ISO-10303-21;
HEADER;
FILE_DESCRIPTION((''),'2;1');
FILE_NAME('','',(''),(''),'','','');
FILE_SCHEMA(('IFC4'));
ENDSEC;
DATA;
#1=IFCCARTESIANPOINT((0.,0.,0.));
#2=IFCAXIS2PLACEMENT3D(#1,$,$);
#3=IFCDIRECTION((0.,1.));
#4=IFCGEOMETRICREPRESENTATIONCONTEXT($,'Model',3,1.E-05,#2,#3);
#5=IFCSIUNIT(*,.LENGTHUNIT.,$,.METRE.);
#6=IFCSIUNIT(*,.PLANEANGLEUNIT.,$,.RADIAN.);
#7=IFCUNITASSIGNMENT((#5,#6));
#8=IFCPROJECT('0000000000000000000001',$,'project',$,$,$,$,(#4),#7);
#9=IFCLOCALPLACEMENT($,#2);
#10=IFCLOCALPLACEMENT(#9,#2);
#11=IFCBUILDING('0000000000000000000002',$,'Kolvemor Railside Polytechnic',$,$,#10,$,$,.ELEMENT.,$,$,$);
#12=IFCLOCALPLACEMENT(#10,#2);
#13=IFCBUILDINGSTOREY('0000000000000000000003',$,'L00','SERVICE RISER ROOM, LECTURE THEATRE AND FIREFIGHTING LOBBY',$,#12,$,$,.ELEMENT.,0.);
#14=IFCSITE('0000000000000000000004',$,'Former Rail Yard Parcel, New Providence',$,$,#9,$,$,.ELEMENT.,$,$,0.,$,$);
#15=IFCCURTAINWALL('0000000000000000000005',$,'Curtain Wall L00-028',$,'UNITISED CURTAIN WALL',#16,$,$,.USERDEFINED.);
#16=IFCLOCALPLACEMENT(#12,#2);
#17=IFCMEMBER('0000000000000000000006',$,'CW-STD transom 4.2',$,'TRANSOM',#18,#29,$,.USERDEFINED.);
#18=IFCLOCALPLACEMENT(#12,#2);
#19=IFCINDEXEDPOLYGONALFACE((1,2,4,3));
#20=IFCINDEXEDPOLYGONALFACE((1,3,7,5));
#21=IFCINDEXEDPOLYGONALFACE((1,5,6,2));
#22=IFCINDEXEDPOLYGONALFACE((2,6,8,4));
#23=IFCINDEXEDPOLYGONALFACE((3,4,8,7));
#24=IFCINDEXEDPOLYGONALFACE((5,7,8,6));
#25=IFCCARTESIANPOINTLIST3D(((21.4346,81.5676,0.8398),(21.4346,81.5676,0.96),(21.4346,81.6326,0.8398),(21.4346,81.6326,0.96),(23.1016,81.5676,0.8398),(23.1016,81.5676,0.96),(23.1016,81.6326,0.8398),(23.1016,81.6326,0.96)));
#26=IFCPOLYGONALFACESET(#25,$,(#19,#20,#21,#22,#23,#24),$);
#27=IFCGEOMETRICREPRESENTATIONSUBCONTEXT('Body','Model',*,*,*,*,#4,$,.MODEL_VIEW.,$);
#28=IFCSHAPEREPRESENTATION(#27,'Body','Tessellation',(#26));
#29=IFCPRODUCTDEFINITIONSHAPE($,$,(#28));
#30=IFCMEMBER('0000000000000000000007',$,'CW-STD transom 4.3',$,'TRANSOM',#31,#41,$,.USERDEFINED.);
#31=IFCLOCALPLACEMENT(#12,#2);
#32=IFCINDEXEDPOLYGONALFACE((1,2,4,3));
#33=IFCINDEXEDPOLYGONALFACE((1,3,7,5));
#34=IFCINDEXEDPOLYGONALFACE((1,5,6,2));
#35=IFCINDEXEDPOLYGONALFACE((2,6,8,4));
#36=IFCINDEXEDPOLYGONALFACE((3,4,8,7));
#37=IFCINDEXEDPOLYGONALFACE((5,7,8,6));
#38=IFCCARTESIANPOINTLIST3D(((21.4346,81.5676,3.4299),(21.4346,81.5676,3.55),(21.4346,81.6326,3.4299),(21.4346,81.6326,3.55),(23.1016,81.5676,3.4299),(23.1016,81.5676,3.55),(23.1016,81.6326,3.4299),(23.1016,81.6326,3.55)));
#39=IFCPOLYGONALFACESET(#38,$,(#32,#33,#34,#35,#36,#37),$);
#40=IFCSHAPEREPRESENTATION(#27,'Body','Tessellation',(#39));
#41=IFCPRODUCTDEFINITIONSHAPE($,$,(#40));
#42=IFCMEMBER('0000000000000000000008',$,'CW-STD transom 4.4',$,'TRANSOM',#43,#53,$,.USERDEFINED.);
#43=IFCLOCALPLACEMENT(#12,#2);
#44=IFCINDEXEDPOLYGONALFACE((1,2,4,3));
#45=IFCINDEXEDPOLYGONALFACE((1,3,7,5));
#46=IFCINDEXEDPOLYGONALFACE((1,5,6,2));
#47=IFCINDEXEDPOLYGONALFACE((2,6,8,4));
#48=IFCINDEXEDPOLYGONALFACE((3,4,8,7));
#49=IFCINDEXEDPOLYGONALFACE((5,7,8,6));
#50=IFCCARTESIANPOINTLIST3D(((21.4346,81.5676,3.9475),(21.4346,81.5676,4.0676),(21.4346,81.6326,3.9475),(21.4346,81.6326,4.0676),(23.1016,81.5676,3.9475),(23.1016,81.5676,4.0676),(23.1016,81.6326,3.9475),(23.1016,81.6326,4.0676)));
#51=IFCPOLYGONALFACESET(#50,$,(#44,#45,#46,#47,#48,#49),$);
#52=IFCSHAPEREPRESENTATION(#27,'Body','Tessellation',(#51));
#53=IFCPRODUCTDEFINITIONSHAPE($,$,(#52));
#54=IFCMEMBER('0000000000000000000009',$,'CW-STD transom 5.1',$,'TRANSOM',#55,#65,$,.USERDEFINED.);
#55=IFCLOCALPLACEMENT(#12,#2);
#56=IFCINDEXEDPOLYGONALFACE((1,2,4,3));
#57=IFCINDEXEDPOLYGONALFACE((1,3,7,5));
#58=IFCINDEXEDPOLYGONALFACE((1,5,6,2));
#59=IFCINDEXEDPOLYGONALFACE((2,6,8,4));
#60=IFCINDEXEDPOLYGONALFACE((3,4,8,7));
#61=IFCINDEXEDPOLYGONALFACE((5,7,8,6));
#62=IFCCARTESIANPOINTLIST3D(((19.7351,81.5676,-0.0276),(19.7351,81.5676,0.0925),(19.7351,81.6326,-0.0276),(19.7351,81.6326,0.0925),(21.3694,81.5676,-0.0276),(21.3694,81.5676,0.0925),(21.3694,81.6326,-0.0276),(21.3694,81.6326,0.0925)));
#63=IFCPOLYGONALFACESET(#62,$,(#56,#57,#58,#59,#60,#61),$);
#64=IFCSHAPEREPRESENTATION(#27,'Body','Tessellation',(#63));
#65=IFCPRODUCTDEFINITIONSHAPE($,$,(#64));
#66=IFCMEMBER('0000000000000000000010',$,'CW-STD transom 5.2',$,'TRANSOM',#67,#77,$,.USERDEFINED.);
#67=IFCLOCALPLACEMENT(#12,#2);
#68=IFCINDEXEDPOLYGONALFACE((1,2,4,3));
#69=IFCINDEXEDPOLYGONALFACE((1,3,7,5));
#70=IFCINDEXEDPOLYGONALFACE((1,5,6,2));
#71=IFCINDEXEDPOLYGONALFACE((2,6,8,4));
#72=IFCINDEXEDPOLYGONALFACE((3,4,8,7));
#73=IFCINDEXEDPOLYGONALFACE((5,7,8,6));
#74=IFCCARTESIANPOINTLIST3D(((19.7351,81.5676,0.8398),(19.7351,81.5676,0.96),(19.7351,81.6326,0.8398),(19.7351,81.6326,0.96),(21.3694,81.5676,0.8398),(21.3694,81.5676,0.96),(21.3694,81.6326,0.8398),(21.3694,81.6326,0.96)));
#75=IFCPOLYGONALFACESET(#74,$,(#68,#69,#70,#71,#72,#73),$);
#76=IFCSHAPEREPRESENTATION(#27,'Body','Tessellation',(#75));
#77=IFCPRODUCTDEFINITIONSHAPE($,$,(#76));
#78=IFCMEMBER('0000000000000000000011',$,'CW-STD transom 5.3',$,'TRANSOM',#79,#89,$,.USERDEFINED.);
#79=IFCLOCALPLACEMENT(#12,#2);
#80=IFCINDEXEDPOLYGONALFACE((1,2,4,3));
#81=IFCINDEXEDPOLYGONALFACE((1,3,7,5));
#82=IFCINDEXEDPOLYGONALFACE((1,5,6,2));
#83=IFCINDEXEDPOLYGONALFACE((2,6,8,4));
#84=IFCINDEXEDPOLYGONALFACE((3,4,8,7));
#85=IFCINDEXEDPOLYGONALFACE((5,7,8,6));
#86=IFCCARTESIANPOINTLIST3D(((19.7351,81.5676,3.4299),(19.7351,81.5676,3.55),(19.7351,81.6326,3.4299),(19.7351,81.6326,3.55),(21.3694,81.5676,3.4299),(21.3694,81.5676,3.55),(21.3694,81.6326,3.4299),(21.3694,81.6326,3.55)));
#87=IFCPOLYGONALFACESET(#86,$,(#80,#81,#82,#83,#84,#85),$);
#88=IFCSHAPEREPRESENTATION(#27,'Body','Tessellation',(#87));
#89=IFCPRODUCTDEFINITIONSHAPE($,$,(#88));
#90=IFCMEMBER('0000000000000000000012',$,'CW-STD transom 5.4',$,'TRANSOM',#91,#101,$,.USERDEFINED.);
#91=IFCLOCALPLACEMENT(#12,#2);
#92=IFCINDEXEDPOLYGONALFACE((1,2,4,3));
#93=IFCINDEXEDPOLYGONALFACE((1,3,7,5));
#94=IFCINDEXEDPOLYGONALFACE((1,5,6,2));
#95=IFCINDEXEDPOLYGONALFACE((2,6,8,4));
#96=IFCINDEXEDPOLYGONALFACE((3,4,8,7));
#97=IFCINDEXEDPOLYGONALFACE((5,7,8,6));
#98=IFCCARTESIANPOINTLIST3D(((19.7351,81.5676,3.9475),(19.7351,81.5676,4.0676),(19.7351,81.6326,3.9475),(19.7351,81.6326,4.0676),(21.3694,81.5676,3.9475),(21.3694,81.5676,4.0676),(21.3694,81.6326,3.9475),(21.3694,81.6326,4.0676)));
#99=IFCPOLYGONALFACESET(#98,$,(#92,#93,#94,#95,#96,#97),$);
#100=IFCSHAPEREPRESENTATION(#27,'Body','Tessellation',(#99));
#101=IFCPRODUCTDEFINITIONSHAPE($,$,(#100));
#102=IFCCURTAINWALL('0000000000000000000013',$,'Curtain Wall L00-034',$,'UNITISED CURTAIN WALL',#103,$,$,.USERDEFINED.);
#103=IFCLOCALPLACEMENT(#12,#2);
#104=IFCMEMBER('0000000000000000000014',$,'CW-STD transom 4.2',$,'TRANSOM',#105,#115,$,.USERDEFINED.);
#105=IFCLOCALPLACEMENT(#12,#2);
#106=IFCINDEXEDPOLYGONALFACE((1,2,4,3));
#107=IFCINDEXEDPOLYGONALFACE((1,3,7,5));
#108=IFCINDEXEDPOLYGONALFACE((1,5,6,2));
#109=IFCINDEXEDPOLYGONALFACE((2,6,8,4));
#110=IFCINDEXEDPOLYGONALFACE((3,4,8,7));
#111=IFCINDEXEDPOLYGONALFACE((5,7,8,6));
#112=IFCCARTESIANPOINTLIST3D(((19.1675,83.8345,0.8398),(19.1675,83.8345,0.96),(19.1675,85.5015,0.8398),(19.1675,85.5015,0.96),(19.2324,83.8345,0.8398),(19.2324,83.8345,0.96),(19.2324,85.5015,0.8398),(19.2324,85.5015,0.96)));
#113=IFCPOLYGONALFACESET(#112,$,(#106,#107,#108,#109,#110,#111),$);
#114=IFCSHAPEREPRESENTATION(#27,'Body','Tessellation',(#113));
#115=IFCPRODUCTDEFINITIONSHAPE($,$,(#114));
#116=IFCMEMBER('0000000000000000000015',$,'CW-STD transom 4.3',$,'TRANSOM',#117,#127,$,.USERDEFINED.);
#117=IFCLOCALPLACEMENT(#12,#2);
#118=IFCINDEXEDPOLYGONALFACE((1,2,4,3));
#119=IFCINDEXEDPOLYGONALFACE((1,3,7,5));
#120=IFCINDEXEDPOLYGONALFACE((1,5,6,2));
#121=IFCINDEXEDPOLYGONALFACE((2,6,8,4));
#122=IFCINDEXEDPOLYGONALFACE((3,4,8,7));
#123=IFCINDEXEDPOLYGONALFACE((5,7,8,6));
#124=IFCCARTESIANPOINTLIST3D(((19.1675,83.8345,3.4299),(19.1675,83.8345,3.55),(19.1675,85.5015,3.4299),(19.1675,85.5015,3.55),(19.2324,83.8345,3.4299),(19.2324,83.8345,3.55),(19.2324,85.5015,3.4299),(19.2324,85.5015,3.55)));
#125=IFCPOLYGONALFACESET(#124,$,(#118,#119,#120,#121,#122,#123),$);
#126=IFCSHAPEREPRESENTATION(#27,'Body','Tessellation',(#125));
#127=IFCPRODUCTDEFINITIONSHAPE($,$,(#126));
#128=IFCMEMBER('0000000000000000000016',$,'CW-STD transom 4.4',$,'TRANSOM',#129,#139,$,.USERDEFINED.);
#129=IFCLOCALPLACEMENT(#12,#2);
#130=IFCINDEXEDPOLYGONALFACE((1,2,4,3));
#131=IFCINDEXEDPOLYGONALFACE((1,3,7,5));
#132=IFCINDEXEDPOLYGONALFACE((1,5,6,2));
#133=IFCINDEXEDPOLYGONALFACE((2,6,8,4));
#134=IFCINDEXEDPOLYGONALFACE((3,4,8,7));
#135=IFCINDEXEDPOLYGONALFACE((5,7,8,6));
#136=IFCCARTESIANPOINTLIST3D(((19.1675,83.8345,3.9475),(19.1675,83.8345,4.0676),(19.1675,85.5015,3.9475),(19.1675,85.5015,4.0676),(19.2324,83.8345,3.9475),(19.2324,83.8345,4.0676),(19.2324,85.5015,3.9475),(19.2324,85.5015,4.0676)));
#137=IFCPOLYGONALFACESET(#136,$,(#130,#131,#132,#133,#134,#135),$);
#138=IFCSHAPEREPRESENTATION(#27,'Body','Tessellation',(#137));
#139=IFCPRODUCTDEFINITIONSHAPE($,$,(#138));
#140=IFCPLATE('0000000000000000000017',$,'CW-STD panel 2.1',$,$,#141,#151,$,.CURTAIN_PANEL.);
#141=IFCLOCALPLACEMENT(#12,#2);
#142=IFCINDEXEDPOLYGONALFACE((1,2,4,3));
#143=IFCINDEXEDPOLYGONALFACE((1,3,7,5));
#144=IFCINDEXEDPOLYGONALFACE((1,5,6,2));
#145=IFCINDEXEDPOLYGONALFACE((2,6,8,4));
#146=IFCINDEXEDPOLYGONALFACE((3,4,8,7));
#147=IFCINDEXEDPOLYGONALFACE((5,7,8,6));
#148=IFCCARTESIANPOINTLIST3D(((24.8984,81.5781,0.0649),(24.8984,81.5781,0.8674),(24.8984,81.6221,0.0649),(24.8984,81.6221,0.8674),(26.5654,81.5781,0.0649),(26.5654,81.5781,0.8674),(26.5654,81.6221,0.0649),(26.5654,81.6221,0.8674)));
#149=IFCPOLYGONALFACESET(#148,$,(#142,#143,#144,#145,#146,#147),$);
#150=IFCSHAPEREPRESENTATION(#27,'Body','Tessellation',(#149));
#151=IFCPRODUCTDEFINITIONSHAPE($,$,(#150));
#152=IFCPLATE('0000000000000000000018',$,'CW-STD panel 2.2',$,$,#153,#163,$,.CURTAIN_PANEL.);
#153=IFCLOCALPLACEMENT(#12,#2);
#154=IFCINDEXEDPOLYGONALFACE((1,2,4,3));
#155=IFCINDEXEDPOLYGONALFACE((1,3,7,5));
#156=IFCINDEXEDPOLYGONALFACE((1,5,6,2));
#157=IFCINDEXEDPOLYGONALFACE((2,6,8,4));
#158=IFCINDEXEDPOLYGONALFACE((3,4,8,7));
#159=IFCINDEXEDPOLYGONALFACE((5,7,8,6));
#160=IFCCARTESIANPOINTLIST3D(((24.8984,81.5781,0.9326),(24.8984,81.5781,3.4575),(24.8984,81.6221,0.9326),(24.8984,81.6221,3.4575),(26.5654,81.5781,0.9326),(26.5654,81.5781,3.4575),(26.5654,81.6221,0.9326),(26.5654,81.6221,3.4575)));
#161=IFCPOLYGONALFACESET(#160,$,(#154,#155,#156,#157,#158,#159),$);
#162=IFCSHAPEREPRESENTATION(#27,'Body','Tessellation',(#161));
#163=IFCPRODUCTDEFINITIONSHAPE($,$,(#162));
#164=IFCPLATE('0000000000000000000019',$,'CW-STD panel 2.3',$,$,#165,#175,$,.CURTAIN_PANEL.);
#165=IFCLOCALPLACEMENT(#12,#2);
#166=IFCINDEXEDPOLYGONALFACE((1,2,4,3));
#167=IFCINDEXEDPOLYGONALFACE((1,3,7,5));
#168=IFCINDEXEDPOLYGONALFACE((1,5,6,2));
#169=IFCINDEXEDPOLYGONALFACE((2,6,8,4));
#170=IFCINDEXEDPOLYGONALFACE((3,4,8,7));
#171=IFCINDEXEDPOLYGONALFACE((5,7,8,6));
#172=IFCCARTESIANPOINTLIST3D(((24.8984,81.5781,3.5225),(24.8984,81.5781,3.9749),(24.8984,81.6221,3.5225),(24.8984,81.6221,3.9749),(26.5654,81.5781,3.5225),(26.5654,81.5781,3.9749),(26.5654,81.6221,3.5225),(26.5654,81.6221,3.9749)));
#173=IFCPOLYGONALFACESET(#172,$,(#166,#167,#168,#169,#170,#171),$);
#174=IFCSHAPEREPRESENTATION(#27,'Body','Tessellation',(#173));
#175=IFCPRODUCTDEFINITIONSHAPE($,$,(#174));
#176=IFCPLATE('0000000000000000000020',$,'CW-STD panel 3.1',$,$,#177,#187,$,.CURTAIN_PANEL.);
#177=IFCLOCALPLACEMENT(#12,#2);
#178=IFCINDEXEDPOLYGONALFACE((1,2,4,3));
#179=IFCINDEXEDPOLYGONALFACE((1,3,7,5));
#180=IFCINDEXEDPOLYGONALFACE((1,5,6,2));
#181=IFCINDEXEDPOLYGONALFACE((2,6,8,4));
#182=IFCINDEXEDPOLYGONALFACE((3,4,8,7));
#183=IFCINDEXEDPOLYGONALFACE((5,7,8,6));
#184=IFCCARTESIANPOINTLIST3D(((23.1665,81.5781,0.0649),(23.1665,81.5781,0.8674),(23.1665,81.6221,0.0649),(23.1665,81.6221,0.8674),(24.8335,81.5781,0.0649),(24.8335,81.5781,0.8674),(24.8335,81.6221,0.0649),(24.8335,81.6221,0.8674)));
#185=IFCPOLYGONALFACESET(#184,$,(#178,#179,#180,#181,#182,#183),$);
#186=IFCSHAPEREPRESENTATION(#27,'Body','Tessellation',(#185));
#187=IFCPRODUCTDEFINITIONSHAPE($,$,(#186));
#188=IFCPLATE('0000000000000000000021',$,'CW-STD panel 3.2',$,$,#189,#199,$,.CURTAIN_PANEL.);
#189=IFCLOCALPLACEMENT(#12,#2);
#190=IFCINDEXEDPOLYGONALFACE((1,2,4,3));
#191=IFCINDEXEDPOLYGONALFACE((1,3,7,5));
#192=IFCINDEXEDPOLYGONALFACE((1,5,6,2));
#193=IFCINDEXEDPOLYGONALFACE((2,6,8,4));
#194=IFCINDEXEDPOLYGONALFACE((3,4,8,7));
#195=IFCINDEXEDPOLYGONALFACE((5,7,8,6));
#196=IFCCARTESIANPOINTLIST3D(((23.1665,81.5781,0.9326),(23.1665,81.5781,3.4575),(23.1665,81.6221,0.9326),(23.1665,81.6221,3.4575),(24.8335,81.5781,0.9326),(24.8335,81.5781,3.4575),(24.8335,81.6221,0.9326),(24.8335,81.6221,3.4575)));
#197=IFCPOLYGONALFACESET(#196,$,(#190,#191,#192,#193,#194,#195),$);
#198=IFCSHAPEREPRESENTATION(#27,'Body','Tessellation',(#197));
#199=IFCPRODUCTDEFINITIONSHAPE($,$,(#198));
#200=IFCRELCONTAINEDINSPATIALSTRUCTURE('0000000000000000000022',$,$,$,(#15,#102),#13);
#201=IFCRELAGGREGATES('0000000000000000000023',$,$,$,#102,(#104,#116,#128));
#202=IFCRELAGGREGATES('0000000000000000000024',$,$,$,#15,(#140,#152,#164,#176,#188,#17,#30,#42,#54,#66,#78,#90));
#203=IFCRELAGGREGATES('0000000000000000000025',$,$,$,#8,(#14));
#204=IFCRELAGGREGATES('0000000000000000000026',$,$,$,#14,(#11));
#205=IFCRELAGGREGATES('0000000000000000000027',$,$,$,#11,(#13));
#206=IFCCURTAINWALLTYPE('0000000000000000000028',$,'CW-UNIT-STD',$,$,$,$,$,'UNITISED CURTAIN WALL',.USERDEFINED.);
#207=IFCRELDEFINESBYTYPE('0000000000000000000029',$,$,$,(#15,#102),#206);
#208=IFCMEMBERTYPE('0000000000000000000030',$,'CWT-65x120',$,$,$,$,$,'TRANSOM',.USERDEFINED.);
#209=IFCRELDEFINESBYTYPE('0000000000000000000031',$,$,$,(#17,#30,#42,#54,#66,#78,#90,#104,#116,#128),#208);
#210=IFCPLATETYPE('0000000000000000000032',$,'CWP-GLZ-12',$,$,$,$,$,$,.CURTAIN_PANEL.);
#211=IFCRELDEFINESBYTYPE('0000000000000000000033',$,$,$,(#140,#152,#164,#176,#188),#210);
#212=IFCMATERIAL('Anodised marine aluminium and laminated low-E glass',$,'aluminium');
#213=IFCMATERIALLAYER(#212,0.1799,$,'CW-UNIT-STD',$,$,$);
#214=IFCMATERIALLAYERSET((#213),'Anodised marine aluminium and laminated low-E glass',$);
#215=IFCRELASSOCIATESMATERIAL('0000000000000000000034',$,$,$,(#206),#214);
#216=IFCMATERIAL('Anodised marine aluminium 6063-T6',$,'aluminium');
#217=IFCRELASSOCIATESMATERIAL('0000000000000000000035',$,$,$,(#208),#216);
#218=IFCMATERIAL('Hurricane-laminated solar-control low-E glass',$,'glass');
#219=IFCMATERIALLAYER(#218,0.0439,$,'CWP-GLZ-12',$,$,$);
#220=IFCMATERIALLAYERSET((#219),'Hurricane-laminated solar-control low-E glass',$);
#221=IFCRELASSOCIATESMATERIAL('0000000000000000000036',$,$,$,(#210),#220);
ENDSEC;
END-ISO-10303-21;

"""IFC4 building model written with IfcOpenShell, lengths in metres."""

from ifc_helpers import new_model, si_unit, direction, frame, origin, origin_2d, place, context, subcontext, project, spatial, rectangle, extrude, material, layer, layer_set, material_profile, profile_set, type_object, element, aggregate, save


model = new_model("IFC4")

# Units and contexts
model_context = context("Model", 3, precision=1e-05, world=origin(), true_north=direction((0.0, 1.0)))
body_context = subcontext(model_context, "Body", "Model", "MODEL_VIEW")
ifc_project = project(units=[si_unit("LENGTHUNIT", "METRE"), si_unit("PLANEANGLEUNIT", "RADIAN")], contexts=[model_context])

# Site, building, storey
site_placement = place(None, origin())
site = spatial("IfcSite", under=ifc_project, at=site_placement, Name="Former Rail Yard Parcel, New Providence", CompositionType="ELEMENT", RefElevation=0.0)
building_placement = place(site_placement, origin())
building = spatial("IfcBuilding", under=site, at=building_placement, Name="Kolvemor Railside Polytechnic", CompositionType="ELEMENT")
storey_placement = place(building_placement, origin())
storey = spatial("IfcBuildingStorey", under=building, at=storey_placement, Name="L00", Description="SERVICE RISER ROOM, LECTURE THEATRE AND FIREFIGHTING LOBBY", CompositionType="ELEMENT", Elevation=0.0)

# Curtain walls, members
ifc_material_1 = material(Name="Anodised marine aluminium and laminated low-E glass", Category="aluminium")
ifc_layer_1 = layer(ifc_material_1, 0.1799, Name="CW-UNIT-STD")
ifc_layer_set_1 = layer_set([ifc_layer_1], Name="Anodised marine aluminium and laminated low-E glass")
curtain_wall_type = type_object("IfcCurtainWallType", Name="CW-UNIT-STD", ElementType="UNITISED CURTAIN WALL", PredefinedType="USERDEFINED", material=ifc_layer_set_1)
curtain_wall_1_placement = place(storey_placement, origin())
curtain_wall_1 = element("IfcCurtainWall", 1, at=curtain_wall_1_placement, inside=storey, type_object=curtain_wall_type, Name="Curtain Wall L00-028", ObjectType="UNITISED CURTAIN WALL", PredefinedType="USERDEFINED")
ifc_material_2 = material(Name="Anodised marine aluminium 6063-T6", Category="aluminium")
ifc_material_profile_1 = material_profile(ifc_material_2, rectangle(XDim=0.0649, YDim=0.1201, at=origin_2d()), Name="CW-TRN-65x120")
ifc_profile_set_1 = profile_set([ifc_material_profile_1], Name="Anodised marine aluminium 6063-T6")
member_type_1 = type_object("IfcMemberType", Name="CWT-65x120", ElementType="TRANSOM", PredefinedType="USERDEFINED", material=ifc_profile_set_1)
member_1_placement = place(storey_placement, frame((23.1016, 81.6001, 0.8999), z_axis=(-1.0, 0.0, 0.0), x_axis=(0.0, -1.0, 0.0)))
member_1 = element("IfcMember", 2, at=member_1_placement, type_object=member_type_1, Name="CW-STD transom 4.2", ObjectType="TRANSOM", PredefinedType="USERDEFINED", context=body_context, shape_type="SweptSolid", body=[
    extrude(rectangle(XDim=0.0649, YDim=0.1201, at=origin_2d()), origin(), (0.0, 0.0, 1.0), 1.667),
])
member_2_placement = place(storey_placement, frame((23.1016, 81.6001, 3.49), z_axis=(-1.0, 0.0, 0.0), x_axis=(0.0, -1.0, 0.0)))
member_2 = element("IfcMember", 3, at=member_2_placement, type_object=member_type_1, Name="CW-STD transom 4.3", ObjectType="TRANSOM", PredefinedType="USERDEFINED", context=body_context, shape_type="SweptSolid", body=[
    extrude(rectangle(XDim=0.0649, YDim=0.1201, at=origin_2d()), origin(), (0.0, 0.0, 1.0), 1.667),
])
member_3_placement = place(storey_placement, frame((23.1016, 81.6001, 4.0076), z_axis=(-1.0, 0.0, 0.0), x_axis=(0.0, -1.0, 0.0)))
member_3 = element("IfcMember", 4, at=member_3_placement, type_object=member_type_1, Name="CW-STD transom 4.4", ObjectType="TRANSOM", PredefinedType="USERDEFINED", context=body_context, shape_type="SweptSolid", body=[
    extrude(rectangle(XDim=0.0649, YDim=0.1201, at=origin_2d()), origin(), (0.0, 0.0, 1.0), 1.667),
])
member_4_placement = place(storey_placement, frame((21.3694, 81.6001, 0.0325), z_axis=(-1.0, 0.0, 0.0), x_axis=(0.0, -1.0, 0.0)))
member_4 = element("IfcMember", 5, at=member_4_placement, type_object=member_type_1, Name="CW-STD transom 5.1", ObjectType="TRANSOM", PredefinedType="USERDEFINED", context=body_context, shape_type="SweptSolid", body=[
    extrude(rectangle(XDim=0.0649, YDim=0.1201, at=origin_2d()), origin(), (0.0, 0.0, 1.0), 1.6343),
])
member_5_placement = place(storey_placement, frame((21.3694, 81.6001, 0.8999), z_axis=(-1.0, 0.0, 0.0), x_axis=(0.0, -1.0, 0.0)))
member_5 = element("IfcMember", 6, at=member_5_placement, type_object=member_type_1, Name="CW-STD transom 5.2", ObjectType="TRANSOM", PredefinedType="USERDEFINED", context=body_context, shape_type="SweptSolid", body=[
    extrude(rectangle(XDim=0.0649, YDim=0.1201, at=origin_2d()), origin(), (0.0, 0.0, 1.0), 1.6343),
])
member_6_placement = place(storey_placement, frame((21.3694, 81.6001, 3.49), z_axis=(-1.0, 0.0, 0.0), x_axis=(0.0, -1.0, 0.0)))
member_6 = element("IfcMember", 7, at=member_6_placement, type_object=member_type_1, Name="CW-STD transom 5.3", ObjectType="TRANSOM", PredefinedType="USERDEFINED", context=body_context, shape_type="SweptSolid", body=[
    extrude(rectangle(XDim=0.0649, YDim=0.1201, at=origin_2d()), origin(), (0.0, 0.0, 1.0), 1.6343),
])
member_7_placement = place(storey_placement, frame((21.3694, 81.6001, 4.0076), z_axis=(-1.0, 0.0, 0.0), x_axis=(0.0, -1.0, 0.0)))
member_7 = element("IfcMember", 8, at=member_7_placement, type_object=member_type_1, Name="CW-STD transom 5.4", ObjectType="TRANSOM", PredefinedType="USERDEFINED", context=body_context, shape_type="SweptSolid", body=[
    extrude(rectangle(XDim=0.0649, YDim=0.1201, at=origin_2d()), origin(), (0.0, 0.0, 1.0), 1.6343),
])
curtain_wall_2_placement = place(storey_placement, origin())
curtain_wall_2 = element("IfcCurtainWall", 9, at=curtain_wall_2_placement, inside=storey, type_object=curtain_wall_type, Name="Curtain Wall L00-034", ObjectType="UNITISED CURTAIN WALL", PredefinedType="USERDEFINED")
member_8_placement = place(storey_placement, frame((19.2, 85.5015, 0.8999), z_axis=(0.0, -1.0, 0.0), x_axis=(1.0, 0.0, 0.0)))
member_8 = element("IfcMember", 10, at=member_8_placement, type_object=member_type_1, Name="CW-STD transom 4.2", ObjectType="TRANSOM", PredefinedType="USERDEFINED", context=body_context, shape_type="SweptSolid", body=[
    extrude(rectangle(XDim=0.0649, YDim=0.1201, at=origin_2d()), origin(), (0.0, 0.0, 1.0), 1.667),
])
member_9_placement = place(storey_placement, frame((19.2, 85.5015, 3.49), z_axis=(0.0, -1.0, 0.0), x_axis=(1.0, 0.0, 0.0)))
member_9 = element("IfcMember", 11, at=member_9_placement, type_object=member_type_1, Name="CW-STD transom 4.3", ObjectType="TRANSOM", PredefinedType="USERDEFINED", context=body_context, shape_type="SweptSolid", body=[
    extrude(rectangle(XDim=0.0649, YDim=0.1201, at=origin_2d()), origin(), (0.0, 0.0, 1.0), 1.667),
])
member_10_placement = place(storey_placement, frame((19.2, 85.5015, 4.0076), z_axis=(0.0, -1.0, 0.0), x_axis=(1.0, 0.0, 0.0)))
member_10 = element("IfcMember", 12, at=member_10_placement, type_object=member_type_1, Name="CW-STD transom 4.4", ObjectType="TRANSOM", PredefinedType="USERDEFINED", context=body_context, shape_type="SweptSolid", body=[
    extrude(rectangle(XDim=0.0649, YDim=0.1201, at=origin_2d()), origin(), (0.0, 0.0, 1.0), 1.667),
])
aggregate(curtain_wall_2, [member_8, member_9, member_10])

# Plates
ifc_material_3 = material(Name="Hurricane-laminated solar-control low-E glass", Category="glass")
ifc_layer_2 = layer(ifc_material_3, 0.0439, Name="CWP-GLZ-12")
ifc_layer_set_2 = layer_set([ifc_layer_2], Name="Hurricane-laminated solar-control low-E glass")
plate_type = type_object("IfcPlateType", Name="CWP-GLZ-12", PredefinedType="CURTAIN_PANEL", material=ifc_layer_set_2)
plate_1_placement = place(storey_placement, frame((25.7319, 81.6001, 0.0649), z_axis=(0.0, 0.0, 1.0), x_axis=(-1.0, 0.0, 0.0)))
plate_1 = element("IfcPlate", 13, at=plate_1_placement, type_object=plate_type, Name="CW-STD panel 2.1", PredefinedType="CURTAIN_PANEL", context=body_context, shape_type="SweptSolid", body=[
    extrude(rectangle(XDim=1.667, YDim=0.0439, at=origin_2d()), origin(), (0.0, 0.0, 1.0), 0.8025),
])
plate_2_placement = place(storey_placement, frame((25.7319, 81.6001, 0.9326), z_axis=(0.0, 0.0, 1.0), x_axis=(-1.0, 0.0, 0.0)))
plate_2 = element("IfcPlate", 14, at=plate_2_placement, type_object=plate_type, Name="CW-STD panel 2.2", PredefinedType="CURTAIN_PANEL", context=body_context, shape_type="SweptSolid", body=[
    extrude(rectangle(XDim=1.667, YDim=0.0439, at=origin_2d()), origin(), (0.0, 0.0, 1.0), 2.5249),
])
plate_3_placement = place(storey_placement, frame((25.7319, 81.6001, 3.5225), z_axis=(0.0, 0.0, 1.0), x_axis=(-1.0, 0.0, 0.0)))
plate_3 = element("IfcPlate", 15, at=plate_3_placement, type_object=plate_type, Name="CW-STD panel 2.3", PredefinedType="CURTAIN_PANEL", context=body_context, shape_type="SweptSolid", body=[
    extrude(rectangle(XDim=1.667, YDim=0.0439, at=origin_2d()), origin(), (0.0, 0.0, 1.0), 0.4524),
])
plate_4_placement = place(storey_placement, frame((24.0, 81.6001, 0.0649), z_axis=(0.0, 0.0, 1.0), x_axis=(-1.0, 0.0, 0.0)))
plate_4 = element("IfcPlate", 16, at=plate_4_placement, type_object=plate_type, Name="CW-STD panel 3.1", PredefinedType="CURTAIN_PANEL", context=body_context, shape_type="SweptSolid", body=[
    extrude(rectangle(XDim=1.667, YDim=0.0439, at=origin_2d()), origin(), (0.0, 0.0, 1.0), 0.8025),
])
plate_5_placement = place(storey_placement, frame((24.0, 81.6001, 0.9326), z_axis=(0.0, 0.0, 1.0), x_axis=(-1.0, 0.0, 0.0)))
plate_5 = element("IfcPlate", 17, at=plate_5_placement, type_object=plate_type, Name="CW-STD panel 3.2", PredefinedType="CURTAIN_PANEL", context=body_context, shape_type="SweptSolid", body=[
    extrude(rectangle(XDim=1.667, YDim=0.0439, at=origin_2d()), origin(), (0.0, 0.0, 1.0), 2.5249),
])
aggregate(curtain_wall_1, [plate_1, plate_2, plate_3, plate_4, plate_5, member_1, member_2, member_3, member_4, member_5, member_6, member_7])

save(model, "model.ifc")
